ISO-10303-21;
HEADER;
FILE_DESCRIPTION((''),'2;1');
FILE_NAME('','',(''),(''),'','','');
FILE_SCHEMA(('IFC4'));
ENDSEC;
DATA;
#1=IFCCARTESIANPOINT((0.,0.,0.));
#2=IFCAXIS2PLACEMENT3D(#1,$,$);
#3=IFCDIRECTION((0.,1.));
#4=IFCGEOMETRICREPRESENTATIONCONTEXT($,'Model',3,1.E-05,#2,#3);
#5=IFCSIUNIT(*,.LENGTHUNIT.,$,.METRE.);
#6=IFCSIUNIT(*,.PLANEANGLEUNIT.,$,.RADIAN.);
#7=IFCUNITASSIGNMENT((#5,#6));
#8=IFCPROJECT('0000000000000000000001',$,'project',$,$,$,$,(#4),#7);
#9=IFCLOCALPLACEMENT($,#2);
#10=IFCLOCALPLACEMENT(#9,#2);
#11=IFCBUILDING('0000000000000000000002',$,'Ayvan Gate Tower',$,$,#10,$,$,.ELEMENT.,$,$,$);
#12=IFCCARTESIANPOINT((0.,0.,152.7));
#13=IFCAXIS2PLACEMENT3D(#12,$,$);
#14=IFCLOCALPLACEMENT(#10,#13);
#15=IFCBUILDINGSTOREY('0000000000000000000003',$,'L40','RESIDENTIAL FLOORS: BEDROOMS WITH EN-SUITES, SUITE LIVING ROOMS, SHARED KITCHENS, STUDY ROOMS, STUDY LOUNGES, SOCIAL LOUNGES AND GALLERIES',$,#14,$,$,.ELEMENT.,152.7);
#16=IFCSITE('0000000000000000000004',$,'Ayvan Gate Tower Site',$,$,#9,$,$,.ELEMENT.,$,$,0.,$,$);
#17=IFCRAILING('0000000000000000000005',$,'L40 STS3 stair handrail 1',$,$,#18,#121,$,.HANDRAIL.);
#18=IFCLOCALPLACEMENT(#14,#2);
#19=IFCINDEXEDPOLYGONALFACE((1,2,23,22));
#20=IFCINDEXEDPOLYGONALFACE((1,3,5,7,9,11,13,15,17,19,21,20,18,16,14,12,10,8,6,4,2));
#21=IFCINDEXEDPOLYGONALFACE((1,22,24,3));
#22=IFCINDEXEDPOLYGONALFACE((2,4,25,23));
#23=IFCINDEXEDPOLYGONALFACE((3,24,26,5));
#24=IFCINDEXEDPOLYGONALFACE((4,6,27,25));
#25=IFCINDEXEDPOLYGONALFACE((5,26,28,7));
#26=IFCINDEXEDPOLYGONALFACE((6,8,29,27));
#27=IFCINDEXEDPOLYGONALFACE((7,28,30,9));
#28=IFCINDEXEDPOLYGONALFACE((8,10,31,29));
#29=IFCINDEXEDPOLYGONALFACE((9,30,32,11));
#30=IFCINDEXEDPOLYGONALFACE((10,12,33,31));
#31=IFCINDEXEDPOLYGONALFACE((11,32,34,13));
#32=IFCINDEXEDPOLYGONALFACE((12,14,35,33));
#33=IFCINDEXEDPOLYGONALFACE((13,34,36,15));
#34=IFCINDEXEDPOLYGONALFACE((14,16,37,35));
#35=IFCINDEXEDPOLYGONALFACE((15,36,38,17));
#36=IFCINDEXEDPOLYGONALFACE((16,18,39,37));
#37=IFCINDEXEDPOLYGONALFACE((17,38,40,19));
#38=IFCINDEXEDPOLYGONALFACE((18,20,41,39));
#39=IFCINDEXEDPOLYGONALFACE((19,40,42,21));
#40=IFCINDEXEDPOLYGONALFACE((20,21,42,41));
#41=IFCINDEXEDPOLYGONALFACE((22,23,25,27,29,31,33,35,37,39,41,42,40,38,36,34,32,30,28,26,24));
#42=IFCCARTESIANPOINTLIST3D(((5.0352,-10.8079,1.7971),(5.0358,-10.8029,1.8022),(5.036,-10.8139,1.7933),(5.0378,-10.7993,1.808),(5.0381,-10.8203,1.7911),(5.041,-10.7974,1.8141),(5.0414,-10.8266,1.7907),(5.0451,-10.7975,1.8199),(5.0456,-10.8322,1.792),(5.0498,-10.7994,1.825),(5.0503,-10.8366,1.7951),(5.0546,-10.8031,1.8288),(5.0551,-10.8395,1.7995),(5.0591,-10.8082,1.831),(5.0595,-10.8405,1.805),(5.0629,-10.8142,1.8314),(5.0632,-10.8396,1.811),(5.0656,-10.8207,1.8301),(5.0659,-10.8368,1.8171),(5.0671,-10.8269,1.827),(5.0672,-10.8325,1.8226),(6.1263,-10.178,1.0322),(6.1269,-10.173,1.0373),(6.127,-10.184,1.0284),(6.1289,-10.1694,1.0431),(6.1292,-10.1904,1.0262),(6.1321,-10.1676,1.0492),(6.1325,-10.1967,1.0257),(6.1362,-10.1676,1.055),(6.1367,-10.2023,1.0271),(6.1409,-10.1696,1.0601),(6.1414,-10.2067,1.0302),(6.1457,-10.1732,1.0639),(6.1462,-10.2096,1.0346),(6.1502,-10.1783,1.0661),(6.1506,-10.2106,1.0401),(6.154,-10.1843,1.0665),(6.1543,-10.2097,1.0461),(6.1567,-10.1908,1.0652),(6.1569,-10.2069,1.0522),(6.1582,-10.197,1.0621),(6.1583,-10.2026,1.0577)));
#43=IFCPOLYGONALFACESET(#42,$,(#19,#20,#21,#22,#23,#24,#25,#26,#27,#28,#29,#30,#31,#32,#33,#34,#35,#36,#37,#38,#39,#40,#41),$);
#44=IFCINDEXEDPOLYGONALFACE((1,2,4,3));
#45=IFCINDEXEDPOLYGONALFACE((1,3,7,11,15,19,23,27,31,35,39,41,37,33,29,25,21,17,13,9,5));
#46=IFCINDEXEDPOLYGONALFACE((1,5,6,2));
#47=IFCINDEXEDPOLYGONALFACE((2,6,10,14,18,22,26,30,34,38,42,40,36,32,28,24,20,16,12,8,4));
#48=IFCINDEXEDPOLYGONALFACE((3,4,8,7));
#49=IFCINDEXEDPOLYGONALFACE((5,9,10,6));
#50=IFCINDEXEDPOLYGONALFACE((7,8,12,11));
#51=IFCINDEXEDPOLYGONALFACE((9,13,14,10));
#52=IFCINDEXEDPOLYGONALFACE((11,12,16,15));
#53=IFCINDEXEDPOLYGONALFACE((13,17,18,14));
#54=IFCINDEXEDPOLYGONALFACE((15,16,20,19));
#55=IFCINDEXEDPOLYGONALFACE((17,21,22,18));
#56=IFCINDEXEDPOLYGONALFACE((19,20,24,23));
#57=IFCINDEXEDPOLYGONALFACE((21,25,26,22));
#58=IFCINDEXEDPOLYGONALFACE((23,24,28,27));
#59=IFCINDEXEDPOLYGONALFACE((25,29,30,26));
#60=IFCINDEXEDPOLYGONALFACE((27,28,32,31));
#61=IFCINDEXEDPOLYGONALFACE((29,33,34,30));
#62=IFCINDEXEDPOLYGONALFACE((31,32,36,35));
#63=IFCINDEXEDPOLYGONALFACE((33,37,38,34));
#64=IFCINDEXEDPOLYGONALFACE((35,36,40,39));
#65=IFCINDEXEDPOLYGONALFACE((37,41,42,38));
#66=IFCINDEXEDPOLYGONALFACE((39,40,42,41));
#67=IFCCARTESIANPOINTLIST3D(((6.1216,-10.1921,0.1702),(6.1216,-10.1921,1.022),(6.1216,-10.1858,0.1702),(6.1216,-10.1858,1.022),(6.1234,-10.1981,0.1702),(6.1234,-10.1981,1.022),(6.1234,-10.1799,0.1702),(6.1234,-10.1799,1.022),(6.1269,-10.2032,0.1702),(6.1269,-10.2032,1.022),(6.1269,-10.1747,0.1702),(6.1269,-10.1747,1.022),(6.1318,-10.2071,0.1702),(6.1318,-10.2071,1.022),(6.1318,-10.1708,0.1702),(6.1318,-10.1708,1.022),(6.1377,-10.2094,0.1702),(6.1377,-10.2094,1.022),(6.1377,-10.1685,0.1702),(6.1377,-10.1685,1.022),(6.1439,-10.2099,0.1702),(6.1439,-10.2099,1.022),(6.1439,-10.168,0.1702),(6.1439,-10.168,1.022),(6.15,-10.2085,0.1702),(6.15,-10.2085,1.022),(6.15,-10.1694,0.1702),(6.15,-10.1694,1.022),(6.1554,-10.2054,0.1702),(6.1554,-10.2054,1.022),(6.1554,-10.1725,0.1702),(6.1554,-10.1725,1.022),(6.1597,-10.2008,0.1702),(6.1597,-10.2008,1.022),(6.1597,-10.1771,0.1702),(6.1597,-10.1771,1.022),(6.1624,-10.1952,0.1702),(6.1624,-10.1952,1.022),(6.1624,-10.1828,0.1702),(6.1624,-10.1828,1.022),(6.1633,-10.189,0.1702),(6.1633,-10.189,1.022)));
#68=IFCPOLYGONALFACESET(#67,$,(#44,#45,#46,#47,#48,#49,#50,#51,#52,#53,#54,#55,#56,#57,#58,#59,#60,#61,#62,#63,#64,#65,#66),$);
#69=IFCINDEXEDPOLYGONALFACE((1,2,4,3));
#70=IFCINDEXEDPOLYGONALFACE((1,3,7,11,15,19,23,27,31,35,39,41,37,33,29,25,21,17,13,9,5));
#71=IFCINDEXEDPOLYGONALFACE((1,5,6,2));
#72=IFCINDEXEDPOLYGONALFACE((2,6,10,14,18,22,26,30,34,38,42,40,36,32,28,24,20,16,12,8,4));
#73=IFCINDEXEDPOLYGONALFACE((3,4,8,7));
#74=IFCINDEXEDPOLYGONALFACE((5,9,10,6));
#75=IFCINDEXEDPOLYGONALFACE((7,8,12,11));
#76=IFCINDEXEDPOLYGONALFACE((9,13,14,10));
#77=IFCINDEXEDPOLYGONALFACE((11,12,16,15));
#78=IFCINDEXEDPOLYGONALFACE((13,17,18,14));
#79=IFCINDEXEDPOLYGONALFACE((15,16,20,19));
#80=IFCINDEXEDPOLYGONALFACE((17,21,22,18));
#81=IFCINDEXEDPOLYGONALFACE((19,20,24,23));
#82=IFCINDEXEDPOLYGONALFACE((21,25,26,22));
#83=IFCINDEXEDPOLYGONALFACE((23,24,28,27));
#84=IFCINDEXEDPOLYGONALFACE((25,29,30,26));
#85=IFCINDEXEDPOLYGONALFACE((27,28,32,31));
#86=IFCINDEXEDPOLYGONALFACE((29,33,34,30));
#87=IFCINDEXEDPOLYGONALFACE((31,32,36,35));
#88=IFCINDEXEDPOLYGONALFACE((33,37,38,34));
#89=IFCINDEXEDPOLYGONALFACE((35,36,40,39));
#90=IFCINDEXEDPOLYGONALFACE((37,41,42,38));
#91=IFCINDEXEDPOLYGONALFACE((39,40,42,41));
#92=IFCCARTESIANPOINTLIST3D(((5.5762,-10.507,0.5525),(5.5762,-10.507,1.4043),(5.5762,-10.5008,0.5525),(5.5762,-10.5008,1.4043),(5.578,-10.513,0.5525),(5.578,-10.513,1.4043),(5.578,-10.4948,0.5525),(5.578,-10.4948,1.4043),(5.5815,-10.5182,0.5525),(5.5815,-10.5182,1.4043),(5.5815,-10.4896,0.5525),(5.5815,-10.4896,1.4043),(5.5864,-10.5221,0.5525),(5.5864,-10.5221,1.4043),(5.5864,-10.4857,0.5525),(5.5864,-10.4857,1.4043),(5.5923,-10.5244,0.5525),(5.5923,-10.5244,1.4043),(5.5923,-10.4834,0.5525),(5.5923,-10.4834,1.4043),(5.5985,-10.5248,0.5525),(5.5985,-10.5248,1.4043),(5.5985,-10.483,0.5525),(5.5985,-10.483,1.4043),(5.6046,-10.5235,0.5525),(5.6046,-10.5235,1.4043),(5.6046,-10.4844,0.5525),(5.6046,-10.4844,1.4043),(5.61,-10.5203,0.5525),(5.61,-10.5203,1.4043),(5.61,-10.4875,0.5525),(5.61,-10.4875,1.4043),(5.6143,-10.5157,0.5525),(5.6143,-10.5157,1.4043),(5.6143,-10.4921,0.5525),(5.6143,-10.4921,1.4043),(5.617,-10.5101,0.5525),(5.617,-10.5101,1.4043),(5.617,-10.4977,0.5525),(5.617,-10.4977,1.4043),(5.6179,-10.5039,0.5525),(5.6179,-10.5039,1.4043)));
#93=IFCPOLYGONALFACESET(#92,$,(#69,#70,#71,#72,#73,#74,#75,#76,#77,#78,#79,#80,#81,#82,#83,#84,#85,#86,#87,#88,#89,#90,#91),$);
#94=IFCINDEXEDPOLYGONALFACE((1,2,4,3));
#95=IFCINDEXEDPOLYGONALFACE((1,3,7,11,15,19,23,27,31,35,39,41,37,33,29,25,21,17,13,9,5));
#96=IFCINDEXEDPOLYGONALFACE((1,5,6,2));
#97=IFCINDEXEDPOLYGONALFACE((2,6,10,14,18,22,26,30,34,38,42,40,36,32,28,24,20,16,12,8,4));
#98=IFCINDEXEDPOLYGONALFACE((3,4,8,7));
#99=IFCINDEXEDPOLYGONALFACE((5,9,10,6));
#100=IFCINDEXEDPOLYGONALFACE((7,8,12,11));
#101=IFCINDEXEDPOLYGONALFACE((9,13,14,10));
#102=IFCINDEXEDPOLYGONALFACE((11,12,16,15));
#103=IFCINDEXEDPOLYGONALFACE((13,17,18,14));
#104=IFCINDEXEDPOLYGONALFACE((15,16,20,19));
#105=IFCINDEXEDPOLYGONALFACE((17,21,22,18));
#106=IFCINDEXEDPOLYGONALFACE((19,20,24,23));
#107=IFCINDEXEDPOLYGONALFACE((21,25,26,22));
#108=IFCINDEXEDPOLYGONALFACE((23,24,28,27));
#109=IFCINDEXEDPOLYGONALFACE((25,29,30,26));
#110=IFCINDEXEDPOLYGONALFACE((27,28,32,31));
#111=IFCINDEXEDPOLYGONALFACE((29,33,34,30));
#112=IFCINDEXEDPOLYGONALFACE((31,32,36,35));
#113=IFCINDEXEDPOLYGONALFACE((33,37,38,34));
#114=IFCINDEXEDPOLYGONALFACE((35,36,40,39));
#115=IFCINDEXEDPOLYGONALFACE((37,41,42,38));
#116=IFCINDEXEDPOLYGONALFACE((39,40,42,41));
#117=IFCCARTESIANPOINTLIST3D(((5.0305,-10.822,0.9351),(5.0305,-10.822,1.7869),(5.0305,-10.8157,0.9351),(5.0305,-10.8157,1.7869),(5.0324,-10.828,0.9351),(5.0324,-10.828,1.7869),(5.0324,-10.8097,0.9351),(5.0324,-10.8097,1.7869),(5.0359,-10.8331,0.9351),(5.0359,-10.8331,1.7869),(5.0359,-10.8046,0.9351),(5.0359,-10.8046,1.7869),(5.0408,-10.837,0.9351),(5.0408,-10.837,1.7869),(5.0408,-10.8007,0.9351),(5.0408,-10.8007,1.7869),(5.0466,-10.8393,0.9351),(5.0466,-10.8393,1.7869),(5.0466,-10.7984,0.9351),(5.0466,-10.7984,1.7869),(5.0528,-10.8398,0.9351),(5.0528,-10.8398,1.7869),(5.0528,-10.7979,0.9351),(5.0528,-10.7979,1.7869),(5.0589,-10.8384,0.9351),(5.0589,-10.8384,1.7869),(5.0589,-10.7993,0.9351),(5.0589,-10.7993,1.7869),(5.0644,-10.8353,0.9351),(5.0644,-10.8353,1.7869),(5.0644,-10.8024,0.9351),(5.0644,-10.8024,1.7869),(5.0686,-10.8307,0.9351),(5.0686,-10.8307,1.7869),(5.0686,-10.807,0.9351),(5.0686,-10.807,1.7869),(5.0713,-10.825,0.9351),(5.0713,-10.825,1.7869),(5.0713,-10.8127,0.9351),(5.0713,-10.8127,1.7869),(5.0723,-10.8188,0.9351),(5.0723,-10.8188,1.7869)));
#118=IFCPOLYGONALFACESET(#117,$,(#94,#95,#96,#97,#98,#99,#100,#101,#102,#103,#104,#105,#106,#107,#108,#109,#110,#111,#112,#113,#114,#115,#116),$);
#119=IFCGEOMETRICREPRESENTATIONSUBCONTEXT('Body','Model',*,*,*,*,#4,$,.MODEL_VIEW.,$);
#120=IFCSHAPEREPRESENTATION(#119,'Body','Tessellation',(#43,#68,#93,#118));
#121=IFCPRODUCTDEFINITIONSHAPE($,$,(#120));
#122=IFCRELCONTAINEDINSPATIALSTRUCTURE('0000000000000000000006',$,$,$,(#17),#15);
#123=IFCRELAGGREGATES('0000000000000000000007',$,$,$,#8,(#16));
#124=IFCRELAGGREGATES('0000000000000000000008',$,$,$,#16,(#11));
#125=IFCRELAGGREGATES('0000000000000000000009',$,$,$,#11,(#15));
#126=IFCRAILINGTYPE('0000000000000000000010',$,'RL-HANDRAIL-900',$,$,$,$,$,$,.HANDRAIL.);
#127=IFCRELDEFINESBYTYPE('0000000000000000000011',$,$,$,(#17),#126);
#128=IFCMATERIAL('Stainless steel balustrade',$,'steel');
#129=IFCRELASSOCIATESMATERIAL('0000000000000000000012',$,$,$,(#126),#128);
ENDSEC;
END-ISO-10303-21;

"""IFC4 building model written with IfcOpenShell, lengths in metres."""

from ifc_helpers import new_model, si_unit, direction, frame, origin, origin_2d, place, context, subcontext, project, spatial, circle, extrude, material, type_object, element, save


model = new_model("IFC4")

# Units and contexts
model_context = context("Model", 3, precision=1e-05, world=origin(), true_north=direction((0.0, 1.0)))
body_context = subcontext(model_context, "Body", "Model", "MODEL_VIEW")
ifc_project = project(units=[si_unit("LENGTHUNIT", "METRE"), si_unit("PLANEANGLEUNIT", "RADIAN")], contexts=[model_context])

# Site, building, storey
site_placement = place(None, origin())
site = spatial("IfcSite", under=ifc_project, at=site_placement, Name="Ayvan Gate Tower Site", CompositionType="ELEMENT", RefElevation=0.0)
building_placement = place(site_placement, origin())
building = spatial("IfcBuilding", under=site, at=building_placement, Name="Ayvan Gate Tower", CompositionType="ELEMENT")
storey_placement = place(building_placement, frame((0.0, 0.0, 152.7)))
storey = spatial("IfcBuildingStorey", under=building, at=storey_placement, Name="L40", Description="RESIDENTIAL FLOORS: BEDROOMS WITH EN-SUITES, SUITE LIVING ROOMS, SHARED KITCHENS, STUDY ROOMS, STUDY LOUNGES, SOCIAL LOUNGES AND GALLERIES", CompositionType="ELEMENT", Elevation=152.7)

# Railing
ifc_material_1 = material(Name="Stainless steel balustrade", Category="steel")
railing_type_1 = type_object("IfcRailingType", Name="RL-HANDRAIL-900", PredefinedType="HANDRAIL", material=ifc_material_1)
railing_1_placement = place(storey_placement, frame((6.1423, -10.189, 0.1702)))
element("IfcRailing", 1, at=railing_1_placement, inside=storey, type_object=railing_type_1, Name="L40 STS3 stair handrail 1", PredefinedType="HANDRAIL", context=body_context, shape_type="SweptSolid", body=[
    extrude(circle(Radius=0.0239, at=origin_2d()), frame((0.0, 0.0, 0.876), z_axis=(-0.740282, -0.427372, 0.518976), x_axis=(0.499974, -0.86604, 0.0)), (0.0, 0.0, 1.0), 1.4739),
    extrude(circle(Radius=0.021, at=origin_2d()), origin(), (0.0, 0.0, 1.0), 0.8518),
    extrude(circle(Radius=0.021, at=origin_2d()), frame((-0.5454, -0.3149, 0.3823)), (0.0, 0.0, 1.0), 0.8518),
    extrude(circle(Radius=0.021, at=origin_2d()), frame((-1.0911, -0.6299, 0.7649)), (0.0, 0.0, 1.0), 0.8518),
])

save(model, "model.ifc")
